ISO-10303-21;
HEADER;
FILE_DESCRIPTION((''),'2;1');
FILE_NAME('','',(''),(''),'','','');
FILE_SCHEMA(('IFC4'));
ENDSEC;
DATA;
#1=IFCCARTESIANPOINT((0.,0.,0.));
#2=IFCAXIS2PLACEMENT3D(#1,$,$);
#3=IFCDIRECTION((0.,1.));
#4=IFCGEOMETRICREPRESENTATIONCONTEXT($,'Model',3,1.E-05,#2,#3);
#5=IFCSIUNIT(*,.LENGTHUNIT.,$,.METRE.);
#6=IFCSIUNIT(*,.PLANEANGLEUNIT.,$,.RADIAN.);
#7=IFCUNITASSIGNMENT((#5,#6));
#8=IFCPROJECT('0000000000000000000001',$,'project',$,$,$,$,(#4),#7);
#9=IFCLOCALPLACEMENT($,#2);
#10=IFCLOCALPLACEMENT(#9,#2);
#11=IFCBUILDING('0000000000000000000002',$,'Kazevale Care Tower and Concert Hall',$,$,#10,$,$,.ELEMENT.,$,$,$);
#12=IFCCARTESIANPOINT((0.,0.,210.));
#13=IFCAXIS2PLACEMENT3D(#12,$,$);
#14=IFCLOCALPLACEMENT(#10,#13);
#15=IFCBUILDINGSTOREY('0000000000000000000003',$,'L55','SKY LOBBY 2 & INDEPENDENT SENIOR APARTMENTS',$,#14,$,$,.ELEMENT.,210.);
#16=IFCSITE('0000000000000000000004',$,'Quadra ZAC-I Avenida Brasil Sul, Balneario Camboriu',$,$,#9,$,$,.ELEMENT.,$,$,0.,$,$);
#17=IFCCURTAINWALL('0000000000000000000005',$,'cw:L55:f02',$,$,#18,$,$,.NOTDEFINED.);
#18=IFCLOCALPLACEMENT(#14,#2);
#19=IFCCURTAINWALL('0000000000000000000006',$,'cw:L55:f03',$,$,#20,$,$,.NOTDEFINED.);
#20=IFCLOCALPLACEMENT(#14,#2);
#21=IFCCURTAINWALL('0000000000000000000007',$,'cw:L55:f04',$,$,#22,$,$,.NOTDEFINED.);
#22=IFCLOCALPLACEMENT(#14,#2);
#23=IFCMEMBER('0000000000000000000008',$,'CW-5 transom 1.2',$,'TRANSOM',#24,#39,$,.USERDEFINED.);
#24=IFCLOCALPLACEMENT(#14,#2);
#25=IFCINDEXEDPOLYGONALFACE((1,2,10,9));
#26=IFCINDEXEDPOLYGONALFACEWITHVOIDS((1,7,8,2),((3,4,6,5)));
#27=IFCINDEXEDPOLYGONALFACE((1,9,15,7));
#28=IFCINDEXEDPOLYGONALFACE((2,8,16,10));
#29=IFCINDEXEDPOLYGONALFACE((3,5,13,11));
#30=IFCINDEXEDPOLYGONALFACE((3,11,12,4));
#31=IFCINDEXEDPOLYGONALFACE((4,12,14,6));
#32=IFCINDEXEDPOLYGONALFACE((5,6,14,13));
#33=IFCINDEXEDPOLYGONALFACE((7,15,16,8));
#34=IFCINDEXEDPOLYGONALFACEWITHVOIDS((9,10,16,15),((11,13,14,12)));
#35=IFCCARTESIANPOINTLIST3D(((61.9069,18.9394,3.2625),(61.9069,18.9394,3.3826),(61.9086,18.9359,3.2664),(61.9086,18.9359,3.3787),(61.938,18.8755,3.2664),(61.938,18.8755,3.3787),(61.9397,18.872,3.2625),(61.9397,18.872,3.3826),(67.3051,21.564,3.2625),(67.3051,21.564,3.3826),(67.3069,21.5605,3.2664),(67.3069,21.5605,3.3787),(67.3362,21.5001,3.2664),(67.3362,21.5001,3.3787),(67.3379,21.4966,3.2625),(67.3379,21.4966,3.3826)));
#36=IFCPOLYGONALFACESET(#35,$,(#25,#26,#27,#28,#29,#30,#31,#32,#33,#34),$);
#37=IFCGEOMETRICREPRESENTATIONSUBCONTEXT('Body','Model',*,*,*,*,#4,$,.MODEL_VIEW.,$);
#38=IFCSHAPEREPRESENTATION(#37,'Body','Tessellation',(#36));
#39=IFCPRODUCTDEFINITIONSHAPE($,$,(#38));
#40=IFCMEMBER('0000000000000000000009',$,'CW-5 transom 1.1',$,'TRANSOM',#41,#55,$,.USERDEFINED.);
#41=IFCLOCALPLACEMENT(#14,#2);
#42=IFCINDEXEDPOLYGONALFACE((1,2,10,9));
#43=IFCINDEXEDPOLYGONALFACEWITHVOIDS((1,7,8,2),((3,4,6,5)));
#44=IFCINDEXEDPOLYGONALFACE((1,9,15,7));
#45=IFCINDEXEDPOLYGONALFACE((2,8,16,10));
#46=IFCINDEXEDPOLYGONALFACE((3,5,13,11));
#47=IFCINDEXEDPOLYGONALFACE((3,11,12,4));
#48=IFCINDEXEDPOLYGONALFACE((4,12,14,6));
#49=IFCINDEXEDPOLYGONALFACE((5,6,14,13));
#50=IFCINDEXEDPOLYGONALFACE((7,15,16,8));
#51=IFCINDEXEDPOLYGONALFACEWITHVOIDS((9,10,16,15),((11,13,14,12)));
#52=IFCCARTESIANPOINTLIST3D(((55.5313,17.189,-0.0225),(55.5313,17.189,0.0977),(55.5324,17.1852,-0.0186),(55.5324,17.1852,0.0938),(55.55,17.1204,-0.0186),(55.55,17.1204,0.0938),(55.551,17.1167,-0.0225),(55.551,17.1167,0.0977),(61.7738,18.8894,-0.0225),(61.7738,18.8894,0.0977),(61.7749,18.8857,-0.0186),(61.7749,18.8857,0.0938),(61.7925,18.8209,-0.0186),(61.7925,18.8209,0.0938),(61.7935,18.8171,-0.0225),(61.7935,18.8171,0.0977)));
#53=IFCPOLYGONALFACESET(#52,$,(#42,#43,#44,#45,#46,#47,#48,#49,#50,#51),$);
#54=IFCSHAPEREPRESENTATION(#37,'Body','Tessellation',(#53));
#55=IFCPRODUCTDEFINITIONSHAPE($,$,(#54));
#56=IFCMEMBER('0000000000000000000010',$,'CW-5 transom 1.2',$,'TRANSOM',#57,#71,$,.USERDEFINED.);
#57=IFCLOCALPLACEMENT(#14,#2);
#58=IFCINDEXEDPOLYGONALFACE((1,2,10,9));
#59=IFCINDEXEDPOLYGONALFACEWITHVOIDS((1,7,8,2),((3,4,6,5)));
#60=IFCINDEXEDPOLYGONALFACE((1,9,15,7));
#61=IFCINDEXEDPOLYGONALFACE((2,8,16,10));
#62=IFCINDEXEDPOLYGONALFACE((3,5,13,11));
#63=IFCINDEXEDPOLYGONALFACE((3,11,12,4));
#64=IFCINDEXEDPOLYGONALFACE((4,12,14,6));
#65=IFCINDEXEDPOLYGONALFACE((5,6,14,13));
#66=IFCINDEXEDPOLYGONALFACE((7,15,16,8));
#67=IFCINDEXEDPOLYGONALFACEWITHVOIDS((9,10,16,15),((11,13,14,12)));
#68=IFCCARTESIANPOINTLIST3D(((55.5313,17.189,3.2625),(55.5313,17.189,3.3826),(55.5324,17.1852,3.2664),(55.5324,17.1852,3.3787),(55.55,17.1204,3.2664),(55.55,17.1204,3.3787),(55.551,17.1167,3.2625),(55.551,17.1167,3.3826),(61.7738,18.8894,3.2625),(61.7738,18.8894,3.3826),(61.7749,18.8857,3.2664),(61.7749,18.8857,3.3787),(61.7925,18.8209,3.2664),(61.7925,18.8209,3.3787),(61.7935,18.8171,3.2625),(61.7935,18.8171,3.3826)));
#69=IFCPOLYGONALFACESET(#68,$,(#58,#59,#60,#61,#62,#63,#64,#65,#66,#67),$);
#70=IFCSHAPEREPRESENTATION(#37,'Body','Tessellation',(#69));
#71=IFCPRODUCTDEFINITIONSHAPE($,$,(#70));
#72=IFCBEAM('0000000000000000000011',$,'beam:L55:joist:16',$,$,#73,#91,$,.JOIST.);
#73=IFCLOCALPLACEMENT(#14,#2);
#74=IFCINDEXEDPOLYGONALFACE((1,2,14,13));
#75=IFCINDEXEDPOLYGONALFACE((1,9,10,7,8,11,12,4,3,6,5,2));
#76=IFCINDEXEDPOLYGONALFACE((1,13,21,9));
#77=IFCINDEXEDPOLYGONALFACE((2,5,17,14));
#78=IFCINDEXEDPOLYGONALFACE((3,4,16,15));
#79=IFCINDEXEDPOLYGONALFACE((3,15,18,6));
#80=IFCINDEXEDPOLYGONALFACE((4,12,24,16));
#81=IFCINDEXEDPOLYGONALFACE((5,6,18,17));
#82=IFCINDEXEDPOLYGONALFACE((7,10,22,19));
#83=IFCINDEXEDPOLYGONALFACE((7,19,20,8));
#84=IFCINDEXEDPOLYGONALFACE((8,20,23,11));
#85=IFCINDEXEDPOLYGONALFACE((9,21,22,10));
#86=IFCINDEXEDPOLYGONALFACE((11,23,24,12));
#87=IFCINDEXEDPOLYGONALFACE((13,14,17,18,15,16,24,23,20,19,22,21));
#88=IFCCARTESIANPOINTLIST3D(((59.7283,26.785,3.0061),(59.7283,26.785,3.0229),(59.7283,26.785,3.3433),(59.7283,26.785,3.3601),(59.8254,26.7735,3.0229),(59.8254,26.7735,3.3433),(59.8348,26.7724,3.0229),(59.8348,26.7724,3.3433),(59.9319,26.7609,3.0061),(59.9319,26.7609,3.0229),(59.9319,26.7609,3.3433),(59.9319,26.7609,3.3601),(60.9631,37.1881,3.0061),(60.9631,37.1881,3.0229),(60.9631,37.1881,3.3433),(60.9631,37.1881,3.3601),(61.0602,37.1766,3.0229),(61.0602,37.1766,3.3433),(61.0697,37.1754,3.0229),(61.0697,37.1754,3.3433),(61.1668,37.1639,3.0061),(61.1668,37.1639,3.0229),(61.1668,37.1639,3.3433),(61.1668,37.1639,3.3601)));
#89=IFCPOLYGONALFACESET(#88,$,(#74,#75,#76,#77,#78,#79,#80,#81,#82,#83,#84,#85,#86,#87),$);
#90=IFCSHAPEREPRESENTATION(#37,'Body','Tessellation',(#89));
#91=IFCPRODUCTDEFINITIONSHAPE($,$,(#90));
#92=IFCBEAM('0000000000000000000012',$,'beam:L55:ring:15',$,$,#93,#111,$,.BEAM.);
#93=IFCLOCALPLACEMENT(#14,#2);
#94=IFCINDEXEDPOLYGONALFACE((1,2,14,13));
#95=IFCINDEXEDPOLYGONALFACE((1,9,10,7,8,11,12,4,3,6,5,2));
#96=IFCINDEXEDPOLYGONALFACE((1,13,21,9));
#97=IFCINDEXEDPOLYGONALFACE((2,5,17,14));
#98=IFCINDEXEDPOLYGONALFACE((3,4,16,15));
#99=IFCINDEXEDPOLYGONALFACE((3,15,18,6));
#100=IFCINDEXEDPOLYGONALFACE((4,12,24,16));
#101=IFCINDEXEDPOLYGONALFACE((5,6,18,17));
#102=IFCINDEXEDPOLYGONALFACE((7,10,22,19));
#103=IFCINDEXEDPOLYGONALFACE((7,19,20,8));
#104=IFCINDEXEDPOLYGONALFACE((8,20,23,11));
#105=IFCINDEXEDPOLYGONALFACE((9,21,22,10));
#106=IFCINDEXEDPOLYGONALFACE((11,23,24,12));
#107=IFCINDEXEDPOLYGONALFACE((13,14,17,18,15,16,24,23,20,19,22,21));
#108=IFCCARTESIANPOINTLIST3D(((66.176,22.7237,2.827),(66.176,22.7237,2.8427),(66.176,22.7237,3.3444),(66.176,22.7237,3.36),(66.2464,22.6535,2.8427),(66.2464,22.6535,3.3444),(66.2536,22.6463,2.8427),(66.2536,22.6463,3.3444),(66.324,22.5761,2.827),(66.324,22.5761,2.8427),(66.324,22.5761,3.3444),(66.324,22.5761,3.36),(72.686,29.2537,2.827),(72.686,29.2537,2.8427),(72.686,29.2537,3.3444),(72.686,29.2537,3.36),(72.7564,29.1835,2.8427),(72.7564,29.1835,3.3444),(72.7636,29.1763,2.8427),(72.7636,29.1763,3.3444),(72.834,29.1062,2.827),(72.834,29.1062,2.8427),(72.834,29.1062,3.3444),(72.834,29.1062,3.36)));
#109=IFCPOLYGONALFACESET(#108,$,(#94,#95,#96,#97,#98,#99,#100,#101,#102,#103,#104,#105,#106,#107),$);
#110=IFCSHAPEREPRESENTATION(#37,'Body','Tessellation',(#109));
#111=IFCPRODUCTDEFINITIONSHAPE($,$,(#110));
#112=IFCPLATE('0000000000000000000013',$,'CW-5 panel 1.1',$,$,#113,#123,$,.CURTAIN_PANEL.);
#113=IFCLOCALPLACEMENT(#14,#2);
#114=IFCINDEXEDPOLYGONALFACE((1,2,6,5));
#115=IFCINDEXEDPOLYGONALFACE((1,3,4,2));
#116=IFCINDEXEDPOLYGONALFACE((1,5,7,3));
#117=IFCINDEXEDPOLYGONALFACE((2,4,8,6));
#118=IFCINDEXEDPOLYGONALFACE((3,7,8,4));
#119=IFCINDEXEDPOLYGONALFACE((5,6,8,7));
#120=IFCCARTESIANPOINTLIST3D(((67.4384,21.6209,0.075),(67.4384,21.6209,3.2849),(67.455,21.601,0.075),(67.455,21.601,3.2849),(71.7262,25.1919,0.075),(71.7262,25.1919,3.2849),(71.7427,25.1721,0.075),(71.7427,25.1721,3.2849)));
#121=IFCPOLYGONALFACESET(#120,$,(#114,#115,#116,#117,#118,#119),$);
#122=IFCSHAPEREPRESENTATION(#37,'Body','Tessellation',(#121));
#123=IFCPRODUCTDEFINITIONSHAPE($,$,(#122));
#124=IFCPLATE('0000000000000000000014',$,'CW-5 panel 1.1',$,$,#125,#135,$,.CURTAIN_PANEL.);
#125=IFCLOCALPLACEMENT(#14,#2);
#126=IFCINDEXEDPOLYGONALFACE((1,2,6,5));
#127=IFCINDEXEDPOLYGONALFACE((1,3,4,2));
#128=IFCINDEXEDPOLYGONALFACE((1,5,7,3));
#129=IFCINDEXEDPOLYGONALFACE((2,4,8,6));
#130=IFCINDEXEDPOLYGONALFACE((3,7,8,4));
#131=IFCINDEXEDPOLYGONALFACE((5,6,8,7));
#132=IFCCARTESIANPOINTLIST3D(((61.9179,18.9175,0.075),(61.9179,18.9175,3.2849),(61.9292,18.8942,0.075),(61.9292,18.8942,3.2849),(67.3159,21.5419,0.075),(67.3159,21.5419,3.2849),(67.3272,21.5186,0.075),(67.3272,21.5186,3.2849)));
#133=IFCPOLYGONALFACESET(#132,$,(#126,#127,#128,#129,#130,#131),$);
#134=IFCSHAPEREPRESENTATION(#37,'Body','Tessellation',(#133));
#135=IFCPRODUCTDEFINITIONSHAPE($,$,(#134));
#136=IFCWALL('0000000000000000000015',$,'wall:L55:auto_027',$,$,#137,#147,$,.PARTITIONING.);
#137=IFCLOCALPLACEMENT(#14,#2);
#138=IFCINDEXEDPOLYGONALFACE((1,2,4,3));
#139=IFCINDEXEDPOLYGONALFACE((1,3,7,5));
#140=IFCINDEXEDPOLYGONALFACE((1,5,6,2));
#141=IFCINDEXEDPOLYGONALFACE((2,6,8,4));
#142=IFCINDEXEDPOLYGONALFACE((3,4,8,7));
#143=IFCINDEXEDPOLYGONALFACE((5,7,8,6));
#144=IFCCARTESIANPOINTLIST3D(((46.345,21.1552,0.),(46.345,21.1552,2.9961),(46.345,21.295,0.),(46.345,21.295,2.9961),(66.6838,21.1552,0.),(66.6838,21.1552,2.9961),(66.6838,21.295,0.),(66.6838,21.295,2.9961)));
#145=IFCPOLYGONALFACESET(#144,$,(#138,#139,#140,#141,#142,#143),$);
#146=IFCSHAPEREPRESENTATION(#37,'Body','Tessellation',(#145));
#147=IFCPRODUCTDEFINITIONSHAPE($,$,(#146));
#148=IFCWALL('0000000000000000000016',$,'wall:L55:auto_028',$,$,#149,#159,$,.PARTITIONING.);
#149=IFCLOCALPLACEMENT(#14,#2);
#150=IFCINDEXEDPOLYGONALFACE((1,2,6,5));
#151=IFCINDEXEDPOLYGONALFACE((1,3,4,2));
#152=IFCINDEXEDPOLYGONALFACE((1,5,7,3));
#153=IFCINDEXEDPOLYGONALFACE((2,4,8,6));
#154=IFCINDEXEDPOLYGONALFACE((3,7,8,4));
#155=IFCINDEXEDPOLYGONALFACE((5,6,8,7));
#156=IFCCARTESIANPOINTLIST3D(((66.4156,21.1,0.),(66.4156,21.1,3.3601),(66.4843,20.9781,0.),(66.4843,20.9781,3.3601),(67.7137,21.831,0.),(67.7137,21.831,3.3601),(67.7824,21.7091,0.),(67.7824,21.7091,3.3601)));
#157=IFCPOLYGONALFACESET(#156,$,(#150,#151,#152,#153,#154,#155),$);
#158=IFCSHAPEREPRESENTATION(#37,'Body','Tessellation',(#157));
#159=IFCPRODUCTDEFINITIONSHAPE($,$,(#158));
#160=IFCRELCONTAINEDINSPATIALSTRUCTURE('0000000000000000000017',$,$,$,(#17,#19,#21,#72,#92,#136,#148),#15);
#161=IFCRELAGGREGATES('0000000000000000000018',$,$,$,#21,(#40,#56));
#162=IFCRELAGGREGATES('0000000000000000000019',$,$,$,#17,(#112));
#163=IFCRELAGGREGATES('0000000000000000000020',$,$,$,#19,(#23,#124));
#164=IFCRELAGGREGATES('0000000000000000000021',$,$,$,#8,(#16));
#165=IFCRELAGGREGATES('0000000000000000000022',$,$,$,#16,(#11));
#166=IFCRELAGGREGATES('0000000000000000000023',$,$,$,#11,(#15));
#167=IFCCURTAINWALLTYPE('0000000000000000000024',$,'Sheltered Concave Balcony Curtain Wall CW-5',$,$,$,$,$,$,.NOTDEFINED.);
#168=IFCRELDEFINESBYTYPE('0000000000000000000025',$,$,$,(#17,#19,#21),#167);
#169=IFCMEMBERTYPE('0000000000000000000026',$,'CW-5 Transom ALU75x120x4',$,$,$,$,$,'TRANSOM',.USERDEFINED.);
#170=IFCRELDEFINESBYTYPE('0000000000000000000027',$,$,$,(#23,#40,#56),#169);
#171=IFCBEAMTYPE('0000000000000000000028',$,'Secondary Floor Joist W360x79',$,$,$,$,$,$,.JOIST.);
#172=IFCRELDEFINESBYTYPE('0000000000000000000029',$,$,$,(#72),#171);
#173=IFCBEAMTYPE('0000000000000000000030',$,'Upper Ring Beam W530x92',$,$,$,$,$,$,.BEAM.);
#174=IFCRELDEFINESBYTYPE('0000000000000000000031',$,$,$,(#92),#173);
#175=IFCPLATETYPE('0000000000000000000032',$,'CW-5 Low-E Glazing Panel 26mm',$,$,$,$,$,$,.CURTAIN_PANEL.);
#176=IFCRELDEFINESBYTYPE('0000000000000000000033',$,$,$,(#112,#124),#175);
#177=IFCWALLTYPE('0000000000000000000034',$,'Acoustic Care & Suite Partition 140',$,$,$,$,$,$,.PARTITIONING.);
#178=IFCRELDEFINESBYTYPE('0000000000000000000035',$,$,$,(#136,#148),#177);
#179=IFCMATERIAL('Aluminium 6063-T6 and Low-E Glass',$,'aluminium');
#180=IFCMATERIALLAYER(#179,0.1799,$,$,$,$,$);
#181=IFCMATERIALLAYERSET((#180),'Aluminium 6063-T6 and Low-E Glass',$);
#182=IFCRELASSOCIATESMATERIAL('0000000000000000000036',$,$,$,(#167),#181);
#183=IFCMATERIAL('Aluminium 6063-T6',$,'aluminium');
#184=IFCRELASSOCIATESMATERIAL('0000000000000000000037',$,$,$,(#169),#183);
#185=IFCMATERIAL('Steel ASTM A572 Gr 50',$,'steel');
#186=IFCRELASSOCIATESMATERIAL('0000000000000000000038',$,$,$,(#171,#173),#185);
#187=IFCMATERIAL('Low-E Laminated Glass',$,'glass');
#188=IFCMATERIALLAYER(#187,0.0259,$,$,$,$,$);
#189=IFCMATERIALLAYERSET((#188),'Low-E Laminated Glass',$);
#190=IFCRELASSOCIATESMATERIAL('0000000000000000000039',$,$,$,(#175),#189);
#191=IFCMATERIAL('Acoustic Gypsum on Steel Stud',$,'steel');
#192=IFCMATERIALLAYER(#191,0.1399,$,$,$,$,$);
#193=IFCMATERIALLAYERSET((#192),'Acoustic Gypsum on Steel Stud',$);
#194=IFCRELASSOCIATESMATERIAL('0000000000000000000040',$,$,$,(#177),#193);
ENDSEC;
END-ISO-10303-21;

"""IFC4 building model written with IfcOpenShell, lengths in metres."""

from ifc_helpers import new_model, si_unit, direction, frame, frame_2d, origin, origin_2d, place, context, subcontext, project, spatial, rectangle, hollow_rectangle, i_section, extrude, material, layer, layer_set, material_profile, profile_set, type_object, element, aggregate, save


model = new_model("IFC4")

# Units and contexts
model_context = context("Model", 3, precision=1e-05, world=origin(), true_north=direction((0.0, 1.0)))
body_context = subcontext(model_context, "Body", "Model", "MODEL_VIEW")
ifc_project = project(units=[si_unit("LENGTHUNIT", "METRE"), si_unit("PLANEANGLEUNIT", "RADIAN")], contexts=[model_context])

# Site, building, storey
site_placement = place(None, origin())
site = spatial("IfcSite", under=ifc_project, at=site_placement, Name="Quadra ZAC-I Avenida Brasil Sul, Balneario Camboriu", CompositionType="ELEMENT", RefElevation=0.0)
building_placement = place(site_placement, origin())
building = spatial("IfcBuilding", under=site, at=building_placement, Name="Kazevale Care Tower and Concert Hall", CompositionType="ELEMENT")
storey_placement = place(building_placement, frame((0.0, 0.0, 210.0)))
storey = spatial("IfcBuildingStorey", under=building, at=storey_placement, Name="L55", Description="SKY LOBBY 2 & INDEPENDENT SENIOR APARTMENTS", CompositionType="ELEMENT", Elevation=210.0)

# Curtain walls
ifc_material_1 = material(Name="Aluminium 6063-T6 and Low-E Glass", Category="aluminium")
ifc_layer_1 = layer(ifc_material_1, 0.1799)
ifc_layer_set_1 = layer_set([ifc_layer_1], Name="Aluminium 6063-T6 and Low-E Glass")
curtain_wall_type = type_object("IfcCurtainWallType", Name="Sheltered Concave Balcony Curtain Wall CW-5", PredefinedType="NOTDEFINED", material=ifc_layer_set_1)
curtain_wall_1_placement = place(storey_placement, origin())
curtain_wall_1 = element("IfcCurtainWall", 1, at=curtain_wall_1_placement, inside=storey, type_object=curtain_wall_type, Name="cw:L55:f02", PredefinedType="NOTDEFINED")
ifc_material_2 = material(Name="Aluminium 6063-T6", Category="aluminium")
curtain_wall_2_placement = place(storey_placement, origin())
curtain_wall_2 = element("IfcCurtainWall", 2, at=curtain_wall_2_placement, inside=storey, type_object=curtain_wall_type, Name="cw:L55:f03", PredefinedType="NOTDEFINED")

# Curtain wall
curtain_wall_3_placement = place(storey_placement, origin())
curtain_wall_3 = element("IfcCurtainWall", 3, at=curtain_wall_3_placement, inside=storey, type_object=curtain_wall_type, Name="cw:L55:f04", PredefinedType="NOTDEFINED")

# Members
ifc_material_profile_1 = material_profile(ifc_material_2, hollow_rectangle(XDim=0.075, YDim=0.1201, WallThickness=0.0039, at=origin_2d()), Name="ALU75x120x4")
ifc_profile_set_1 = profile_set([ifc_material_profile_1], Name="Aluminium 6063-T6")
member_type_1 = type_object("IfcMemberType", Name="CW-5 Transom ALU75x120x4", ElementType="TRANSOM", PredefinedType="USERDEFINED", material=ifc_profile_set_1)
member_1_placement = place(storey_placement, frame((67.3215, 21.5303, 3.3225), z_axis=(-0.899342, -0.437245, 0.0), x_axis=(0.437245, -0.899342, 0.0)))
member_1 = element("IfcMember", 4, at=member_1_placement, type_object=member_type_1, Name="CW-5 transom 1.2", ObjectType="TRANSOM", PredefinedType="USERDEFINED", context=body_context, shape_type="SweptSolid", body=[
    extrude(hollow_rectangle(XDim=0.075, YDim=0.1201, WallThickness=0.0039, at=origin_2d()), origin(), (0.0, 0.0, 1.0), 6.0024),
])
member_2_placement = place(storey_placement, frame((61.7837, 18.8533, 0.0376), z_axis=(-0.964844, -0.262824, 0.0), x_axis=(0.262824, -0.964844, 0.0)))
member_2 = element("IfcMember", 5, at=member_2_placement, type_object=member_type_1, Name="CW-5 transom 1.1", ObjectType="TRANSOM", PredefinedType="USERDEFINED", context=body_context, shape_type="SweptSolid", body=[
    extrude(hollow_rectangle(XDim=0.075, YDim=0.1201, WallThickness=0.0039, at=origin_2d()), origin(), (0.0, 0.0, 1.0), 6.47),
])
member_3_placement = place(storey_placement, frame((61.7837, 18.8533, 3.3225), z_axis=(-0.964844, -0.262824, 0.0), x_axis=(0.262824, -0.964844, 0.0)))
member_3 = element("IfcMember", 6, at=member_3_placement, type_object=member_type_1, Name="CW-5 transom 1.2", ObjectType="TRANSOM", PredefinedType="USERDEFINED", context=body_context, shape_type="SweptSolid", body=[
    extrude(hollow_rectangle(XDim=0.075, YDim=0.1201, WallThickness=0.0039, at=origin_2d()), origin(), (0.0, 0.0, 1.0), 6.47),
])
aggregate(curtain_wall_3, [member_2, member_3])

# Beams
ifc_material_3 = material(Name="Steel ASTM A572 Gr 50", Category="steel")
ifc_material_profile_2 = material_profile(ifc_material_3, i_section(OverallWidth=0.2051, OverallDepth=0.354, WebThickness=0.0095, FlangeThickness=0.0168, at=origin_2d()), Name="W360x79")
ifc_profile_set_2 = profile_set([ifc_material_profile_2], Name="Steel ASTM A572 Gr 50")
beam_type_1 = type_object("IfcBeamType", Name="Secondary Floor Joist W360x79", PredefinedType="JOIST", material=ifc_profile_set_2)
beam_1_placement = place(storey_placement, frame((59.8301, 26.7729, 3.1831), z_axis=(0.117874, 0.993029, 0.0), x_axis=(-0.993029, 0.117874, 0.0)))
element("IfcBeam", 7, at=beam_1_placement, inside=storey, type_object=beam_type_1, Name="beam:L55:joist:16", PredefinedType="JOIST", context=body_context, shape_type="SweptSolid", body=[
    extrude(i_section(OverallWidth=0.2051, OverallDepth=0.354, WebThickness=0.0095, FlangeThickness=0.0168, at=origin_2d()), origin(), (0.0, 0.0, 1.0), 10.4761),
])
ifc_material_profile_3 = material_profile(ifc_material_3, i_section(OverallWidth=0.209, OverallDepth=0.533, WebThickness=0.0103, FlangeThickness=0.0156, at=origin_2d()), Name="W530x92")
ifc_profile_set_3 = profile_set([ifc_material_profile_3], Name="Steel ASTM A572 Gr 50")
beam_type_2 = type_object("IfcBeamType", Name="Upper Ring Beam W530x92", PredefinedType="BEAM", material=ifc_profile_set_3)
beam_2_placement = place(storey_placement, frame((66.25, 22.6499, 3.0935), z_axis=(0.70602, 0.708192, 0.0), x_axis=(-0.708192, 0.70602, 0.0)))
element("IfcBeam", 8, at=beam_2_placement, inside=storey, type_object=beam_type_2, Name="beam:L55:ring:15", PredefinedType="BEAM", context=body_context, shape_type="SweptSolid", body=[
    extrude(i_section(OverallWidth=0.209, OverallDepth=0.533, WebThickness=0.0103, FlangeThickness=0.0156, at=origin_2d()), origin(), (0.0, 0.0, 1.0), 9.2207),
])

# Plates
ifc_material_4 = material(Name="Low-E Laminated Glass", Category="glass")
ifc_layer_2 = layer(ifc_material_4, 0.0259)
ifc_layer_set_2 = layer_set([ifc_layer_2], Name="Low-E Laminated Glass")
plate_type = type_object("IfcPlateType", Name="CW-5 Low-E Glazing Panel 26mm", PredefinedType="CURTAIN_PANEL", material=ifc_layer_set_2)
plate_1_placement = place(storey_placement, frame((69.5906, 23.3965, 0.075), z_axis=(0.0, 0.0, 1.0), x_axis=(-0.768407, -0.639961, 0.0)))
plate_1 = element("IfcPlate", 9, at=plate_1_placement, type_object=plate_type, Name="CW-5 panel 1.1", PredefinedType="CURTAIN_PANEL", context=body_context, shape_type="SweptSolid", body=[
    extrude(rectangle(XDim=5.5801, YDim=0.0259, at=origin_2d()), origin(), (0.0, 0.0, 1.0), 3.21),
])
aggregate(curtain_wall_1, [plate_1])
plate_2_placement = place(storey_placement, frame((64.6226, 20.218, 0.075), z_axis=(0.0, 0.0, 1.0), x_axis=(-0.899346, -0.437238, 0.0)))
plate_2 = element("IfcPlate", 10, at=plate_2_placement, type_object=plate_type, Name="CW-5 panel 1.1", PredefinedType="CURTAIN_PANEL", context=body_context, shape_type="SweptSolid", body=[
    extrude(rectangle(XDim=6.0022, YDim=0.0259, at=origin_2d()), origin(), (0.0, 0.0, 1.0), 3.21),
])
aggregate(curtain_wall_2, [member_1, plate_2])

# Walls
ifc_material_5 = material(Name="Acoustic Gypsum on Steel Stud", Category="steel")
ifc_layer_3 = layer(ifc_material_5, 0.1399)
ifc_layer_set_3 = layer_set([ifc_layer_3], Name="Acoustic Gypsum on Steel Stud")
wall_type = type_object("IfcWallType", Name="Acoustic Care & Suite Partition 140", PredefinedType="PARTITIONING", material=ifc_layer_set_3)
wall_1_placement = place(storey_placement, frame((66.6838, 21.2251, 0.0), z_axis=(0.0, 0.0, 1.0), x_axis=(-1.0, 0.0, 0.0)))
element("IfcWall", 11, at=wall_1_placement, inside=storey, type_object=wall_type, Name="wall:L55:auto_027", PredefinedType="PARTITIONING", context=body_context, shape_type="SweptSolid", body=[
    extrude(rectangle(XDim=20.3389, YDim=0.1399, at=frame_2d((10.1694, 0.0))), origin(), (0.0, 0.0, 1.0), 2.9961),
])
wall_2_placement = place(storey_placement, frame((67.748, 21.77, 0.0), z_axis=(0.0, 0.0, 1.0), x_axis=(-0.871352, -0.490658, 0.0)))
element("IfcWall", 12, at=wall_2_placement, inside=storey, type_object=wall_type, Name="wall:L55:auto_028", PredefinedType="PARTITIONING", context=body_context, shape_type="SweptSolid", body=[
    extrude(rectangle(XDim=1.4897, YDim=0.1399, at=frame_2d((0.7449, 0.0))), origin(), (0.0, 0.0, 1.0), 3.3601),
])

save(model, "model.ifc")
